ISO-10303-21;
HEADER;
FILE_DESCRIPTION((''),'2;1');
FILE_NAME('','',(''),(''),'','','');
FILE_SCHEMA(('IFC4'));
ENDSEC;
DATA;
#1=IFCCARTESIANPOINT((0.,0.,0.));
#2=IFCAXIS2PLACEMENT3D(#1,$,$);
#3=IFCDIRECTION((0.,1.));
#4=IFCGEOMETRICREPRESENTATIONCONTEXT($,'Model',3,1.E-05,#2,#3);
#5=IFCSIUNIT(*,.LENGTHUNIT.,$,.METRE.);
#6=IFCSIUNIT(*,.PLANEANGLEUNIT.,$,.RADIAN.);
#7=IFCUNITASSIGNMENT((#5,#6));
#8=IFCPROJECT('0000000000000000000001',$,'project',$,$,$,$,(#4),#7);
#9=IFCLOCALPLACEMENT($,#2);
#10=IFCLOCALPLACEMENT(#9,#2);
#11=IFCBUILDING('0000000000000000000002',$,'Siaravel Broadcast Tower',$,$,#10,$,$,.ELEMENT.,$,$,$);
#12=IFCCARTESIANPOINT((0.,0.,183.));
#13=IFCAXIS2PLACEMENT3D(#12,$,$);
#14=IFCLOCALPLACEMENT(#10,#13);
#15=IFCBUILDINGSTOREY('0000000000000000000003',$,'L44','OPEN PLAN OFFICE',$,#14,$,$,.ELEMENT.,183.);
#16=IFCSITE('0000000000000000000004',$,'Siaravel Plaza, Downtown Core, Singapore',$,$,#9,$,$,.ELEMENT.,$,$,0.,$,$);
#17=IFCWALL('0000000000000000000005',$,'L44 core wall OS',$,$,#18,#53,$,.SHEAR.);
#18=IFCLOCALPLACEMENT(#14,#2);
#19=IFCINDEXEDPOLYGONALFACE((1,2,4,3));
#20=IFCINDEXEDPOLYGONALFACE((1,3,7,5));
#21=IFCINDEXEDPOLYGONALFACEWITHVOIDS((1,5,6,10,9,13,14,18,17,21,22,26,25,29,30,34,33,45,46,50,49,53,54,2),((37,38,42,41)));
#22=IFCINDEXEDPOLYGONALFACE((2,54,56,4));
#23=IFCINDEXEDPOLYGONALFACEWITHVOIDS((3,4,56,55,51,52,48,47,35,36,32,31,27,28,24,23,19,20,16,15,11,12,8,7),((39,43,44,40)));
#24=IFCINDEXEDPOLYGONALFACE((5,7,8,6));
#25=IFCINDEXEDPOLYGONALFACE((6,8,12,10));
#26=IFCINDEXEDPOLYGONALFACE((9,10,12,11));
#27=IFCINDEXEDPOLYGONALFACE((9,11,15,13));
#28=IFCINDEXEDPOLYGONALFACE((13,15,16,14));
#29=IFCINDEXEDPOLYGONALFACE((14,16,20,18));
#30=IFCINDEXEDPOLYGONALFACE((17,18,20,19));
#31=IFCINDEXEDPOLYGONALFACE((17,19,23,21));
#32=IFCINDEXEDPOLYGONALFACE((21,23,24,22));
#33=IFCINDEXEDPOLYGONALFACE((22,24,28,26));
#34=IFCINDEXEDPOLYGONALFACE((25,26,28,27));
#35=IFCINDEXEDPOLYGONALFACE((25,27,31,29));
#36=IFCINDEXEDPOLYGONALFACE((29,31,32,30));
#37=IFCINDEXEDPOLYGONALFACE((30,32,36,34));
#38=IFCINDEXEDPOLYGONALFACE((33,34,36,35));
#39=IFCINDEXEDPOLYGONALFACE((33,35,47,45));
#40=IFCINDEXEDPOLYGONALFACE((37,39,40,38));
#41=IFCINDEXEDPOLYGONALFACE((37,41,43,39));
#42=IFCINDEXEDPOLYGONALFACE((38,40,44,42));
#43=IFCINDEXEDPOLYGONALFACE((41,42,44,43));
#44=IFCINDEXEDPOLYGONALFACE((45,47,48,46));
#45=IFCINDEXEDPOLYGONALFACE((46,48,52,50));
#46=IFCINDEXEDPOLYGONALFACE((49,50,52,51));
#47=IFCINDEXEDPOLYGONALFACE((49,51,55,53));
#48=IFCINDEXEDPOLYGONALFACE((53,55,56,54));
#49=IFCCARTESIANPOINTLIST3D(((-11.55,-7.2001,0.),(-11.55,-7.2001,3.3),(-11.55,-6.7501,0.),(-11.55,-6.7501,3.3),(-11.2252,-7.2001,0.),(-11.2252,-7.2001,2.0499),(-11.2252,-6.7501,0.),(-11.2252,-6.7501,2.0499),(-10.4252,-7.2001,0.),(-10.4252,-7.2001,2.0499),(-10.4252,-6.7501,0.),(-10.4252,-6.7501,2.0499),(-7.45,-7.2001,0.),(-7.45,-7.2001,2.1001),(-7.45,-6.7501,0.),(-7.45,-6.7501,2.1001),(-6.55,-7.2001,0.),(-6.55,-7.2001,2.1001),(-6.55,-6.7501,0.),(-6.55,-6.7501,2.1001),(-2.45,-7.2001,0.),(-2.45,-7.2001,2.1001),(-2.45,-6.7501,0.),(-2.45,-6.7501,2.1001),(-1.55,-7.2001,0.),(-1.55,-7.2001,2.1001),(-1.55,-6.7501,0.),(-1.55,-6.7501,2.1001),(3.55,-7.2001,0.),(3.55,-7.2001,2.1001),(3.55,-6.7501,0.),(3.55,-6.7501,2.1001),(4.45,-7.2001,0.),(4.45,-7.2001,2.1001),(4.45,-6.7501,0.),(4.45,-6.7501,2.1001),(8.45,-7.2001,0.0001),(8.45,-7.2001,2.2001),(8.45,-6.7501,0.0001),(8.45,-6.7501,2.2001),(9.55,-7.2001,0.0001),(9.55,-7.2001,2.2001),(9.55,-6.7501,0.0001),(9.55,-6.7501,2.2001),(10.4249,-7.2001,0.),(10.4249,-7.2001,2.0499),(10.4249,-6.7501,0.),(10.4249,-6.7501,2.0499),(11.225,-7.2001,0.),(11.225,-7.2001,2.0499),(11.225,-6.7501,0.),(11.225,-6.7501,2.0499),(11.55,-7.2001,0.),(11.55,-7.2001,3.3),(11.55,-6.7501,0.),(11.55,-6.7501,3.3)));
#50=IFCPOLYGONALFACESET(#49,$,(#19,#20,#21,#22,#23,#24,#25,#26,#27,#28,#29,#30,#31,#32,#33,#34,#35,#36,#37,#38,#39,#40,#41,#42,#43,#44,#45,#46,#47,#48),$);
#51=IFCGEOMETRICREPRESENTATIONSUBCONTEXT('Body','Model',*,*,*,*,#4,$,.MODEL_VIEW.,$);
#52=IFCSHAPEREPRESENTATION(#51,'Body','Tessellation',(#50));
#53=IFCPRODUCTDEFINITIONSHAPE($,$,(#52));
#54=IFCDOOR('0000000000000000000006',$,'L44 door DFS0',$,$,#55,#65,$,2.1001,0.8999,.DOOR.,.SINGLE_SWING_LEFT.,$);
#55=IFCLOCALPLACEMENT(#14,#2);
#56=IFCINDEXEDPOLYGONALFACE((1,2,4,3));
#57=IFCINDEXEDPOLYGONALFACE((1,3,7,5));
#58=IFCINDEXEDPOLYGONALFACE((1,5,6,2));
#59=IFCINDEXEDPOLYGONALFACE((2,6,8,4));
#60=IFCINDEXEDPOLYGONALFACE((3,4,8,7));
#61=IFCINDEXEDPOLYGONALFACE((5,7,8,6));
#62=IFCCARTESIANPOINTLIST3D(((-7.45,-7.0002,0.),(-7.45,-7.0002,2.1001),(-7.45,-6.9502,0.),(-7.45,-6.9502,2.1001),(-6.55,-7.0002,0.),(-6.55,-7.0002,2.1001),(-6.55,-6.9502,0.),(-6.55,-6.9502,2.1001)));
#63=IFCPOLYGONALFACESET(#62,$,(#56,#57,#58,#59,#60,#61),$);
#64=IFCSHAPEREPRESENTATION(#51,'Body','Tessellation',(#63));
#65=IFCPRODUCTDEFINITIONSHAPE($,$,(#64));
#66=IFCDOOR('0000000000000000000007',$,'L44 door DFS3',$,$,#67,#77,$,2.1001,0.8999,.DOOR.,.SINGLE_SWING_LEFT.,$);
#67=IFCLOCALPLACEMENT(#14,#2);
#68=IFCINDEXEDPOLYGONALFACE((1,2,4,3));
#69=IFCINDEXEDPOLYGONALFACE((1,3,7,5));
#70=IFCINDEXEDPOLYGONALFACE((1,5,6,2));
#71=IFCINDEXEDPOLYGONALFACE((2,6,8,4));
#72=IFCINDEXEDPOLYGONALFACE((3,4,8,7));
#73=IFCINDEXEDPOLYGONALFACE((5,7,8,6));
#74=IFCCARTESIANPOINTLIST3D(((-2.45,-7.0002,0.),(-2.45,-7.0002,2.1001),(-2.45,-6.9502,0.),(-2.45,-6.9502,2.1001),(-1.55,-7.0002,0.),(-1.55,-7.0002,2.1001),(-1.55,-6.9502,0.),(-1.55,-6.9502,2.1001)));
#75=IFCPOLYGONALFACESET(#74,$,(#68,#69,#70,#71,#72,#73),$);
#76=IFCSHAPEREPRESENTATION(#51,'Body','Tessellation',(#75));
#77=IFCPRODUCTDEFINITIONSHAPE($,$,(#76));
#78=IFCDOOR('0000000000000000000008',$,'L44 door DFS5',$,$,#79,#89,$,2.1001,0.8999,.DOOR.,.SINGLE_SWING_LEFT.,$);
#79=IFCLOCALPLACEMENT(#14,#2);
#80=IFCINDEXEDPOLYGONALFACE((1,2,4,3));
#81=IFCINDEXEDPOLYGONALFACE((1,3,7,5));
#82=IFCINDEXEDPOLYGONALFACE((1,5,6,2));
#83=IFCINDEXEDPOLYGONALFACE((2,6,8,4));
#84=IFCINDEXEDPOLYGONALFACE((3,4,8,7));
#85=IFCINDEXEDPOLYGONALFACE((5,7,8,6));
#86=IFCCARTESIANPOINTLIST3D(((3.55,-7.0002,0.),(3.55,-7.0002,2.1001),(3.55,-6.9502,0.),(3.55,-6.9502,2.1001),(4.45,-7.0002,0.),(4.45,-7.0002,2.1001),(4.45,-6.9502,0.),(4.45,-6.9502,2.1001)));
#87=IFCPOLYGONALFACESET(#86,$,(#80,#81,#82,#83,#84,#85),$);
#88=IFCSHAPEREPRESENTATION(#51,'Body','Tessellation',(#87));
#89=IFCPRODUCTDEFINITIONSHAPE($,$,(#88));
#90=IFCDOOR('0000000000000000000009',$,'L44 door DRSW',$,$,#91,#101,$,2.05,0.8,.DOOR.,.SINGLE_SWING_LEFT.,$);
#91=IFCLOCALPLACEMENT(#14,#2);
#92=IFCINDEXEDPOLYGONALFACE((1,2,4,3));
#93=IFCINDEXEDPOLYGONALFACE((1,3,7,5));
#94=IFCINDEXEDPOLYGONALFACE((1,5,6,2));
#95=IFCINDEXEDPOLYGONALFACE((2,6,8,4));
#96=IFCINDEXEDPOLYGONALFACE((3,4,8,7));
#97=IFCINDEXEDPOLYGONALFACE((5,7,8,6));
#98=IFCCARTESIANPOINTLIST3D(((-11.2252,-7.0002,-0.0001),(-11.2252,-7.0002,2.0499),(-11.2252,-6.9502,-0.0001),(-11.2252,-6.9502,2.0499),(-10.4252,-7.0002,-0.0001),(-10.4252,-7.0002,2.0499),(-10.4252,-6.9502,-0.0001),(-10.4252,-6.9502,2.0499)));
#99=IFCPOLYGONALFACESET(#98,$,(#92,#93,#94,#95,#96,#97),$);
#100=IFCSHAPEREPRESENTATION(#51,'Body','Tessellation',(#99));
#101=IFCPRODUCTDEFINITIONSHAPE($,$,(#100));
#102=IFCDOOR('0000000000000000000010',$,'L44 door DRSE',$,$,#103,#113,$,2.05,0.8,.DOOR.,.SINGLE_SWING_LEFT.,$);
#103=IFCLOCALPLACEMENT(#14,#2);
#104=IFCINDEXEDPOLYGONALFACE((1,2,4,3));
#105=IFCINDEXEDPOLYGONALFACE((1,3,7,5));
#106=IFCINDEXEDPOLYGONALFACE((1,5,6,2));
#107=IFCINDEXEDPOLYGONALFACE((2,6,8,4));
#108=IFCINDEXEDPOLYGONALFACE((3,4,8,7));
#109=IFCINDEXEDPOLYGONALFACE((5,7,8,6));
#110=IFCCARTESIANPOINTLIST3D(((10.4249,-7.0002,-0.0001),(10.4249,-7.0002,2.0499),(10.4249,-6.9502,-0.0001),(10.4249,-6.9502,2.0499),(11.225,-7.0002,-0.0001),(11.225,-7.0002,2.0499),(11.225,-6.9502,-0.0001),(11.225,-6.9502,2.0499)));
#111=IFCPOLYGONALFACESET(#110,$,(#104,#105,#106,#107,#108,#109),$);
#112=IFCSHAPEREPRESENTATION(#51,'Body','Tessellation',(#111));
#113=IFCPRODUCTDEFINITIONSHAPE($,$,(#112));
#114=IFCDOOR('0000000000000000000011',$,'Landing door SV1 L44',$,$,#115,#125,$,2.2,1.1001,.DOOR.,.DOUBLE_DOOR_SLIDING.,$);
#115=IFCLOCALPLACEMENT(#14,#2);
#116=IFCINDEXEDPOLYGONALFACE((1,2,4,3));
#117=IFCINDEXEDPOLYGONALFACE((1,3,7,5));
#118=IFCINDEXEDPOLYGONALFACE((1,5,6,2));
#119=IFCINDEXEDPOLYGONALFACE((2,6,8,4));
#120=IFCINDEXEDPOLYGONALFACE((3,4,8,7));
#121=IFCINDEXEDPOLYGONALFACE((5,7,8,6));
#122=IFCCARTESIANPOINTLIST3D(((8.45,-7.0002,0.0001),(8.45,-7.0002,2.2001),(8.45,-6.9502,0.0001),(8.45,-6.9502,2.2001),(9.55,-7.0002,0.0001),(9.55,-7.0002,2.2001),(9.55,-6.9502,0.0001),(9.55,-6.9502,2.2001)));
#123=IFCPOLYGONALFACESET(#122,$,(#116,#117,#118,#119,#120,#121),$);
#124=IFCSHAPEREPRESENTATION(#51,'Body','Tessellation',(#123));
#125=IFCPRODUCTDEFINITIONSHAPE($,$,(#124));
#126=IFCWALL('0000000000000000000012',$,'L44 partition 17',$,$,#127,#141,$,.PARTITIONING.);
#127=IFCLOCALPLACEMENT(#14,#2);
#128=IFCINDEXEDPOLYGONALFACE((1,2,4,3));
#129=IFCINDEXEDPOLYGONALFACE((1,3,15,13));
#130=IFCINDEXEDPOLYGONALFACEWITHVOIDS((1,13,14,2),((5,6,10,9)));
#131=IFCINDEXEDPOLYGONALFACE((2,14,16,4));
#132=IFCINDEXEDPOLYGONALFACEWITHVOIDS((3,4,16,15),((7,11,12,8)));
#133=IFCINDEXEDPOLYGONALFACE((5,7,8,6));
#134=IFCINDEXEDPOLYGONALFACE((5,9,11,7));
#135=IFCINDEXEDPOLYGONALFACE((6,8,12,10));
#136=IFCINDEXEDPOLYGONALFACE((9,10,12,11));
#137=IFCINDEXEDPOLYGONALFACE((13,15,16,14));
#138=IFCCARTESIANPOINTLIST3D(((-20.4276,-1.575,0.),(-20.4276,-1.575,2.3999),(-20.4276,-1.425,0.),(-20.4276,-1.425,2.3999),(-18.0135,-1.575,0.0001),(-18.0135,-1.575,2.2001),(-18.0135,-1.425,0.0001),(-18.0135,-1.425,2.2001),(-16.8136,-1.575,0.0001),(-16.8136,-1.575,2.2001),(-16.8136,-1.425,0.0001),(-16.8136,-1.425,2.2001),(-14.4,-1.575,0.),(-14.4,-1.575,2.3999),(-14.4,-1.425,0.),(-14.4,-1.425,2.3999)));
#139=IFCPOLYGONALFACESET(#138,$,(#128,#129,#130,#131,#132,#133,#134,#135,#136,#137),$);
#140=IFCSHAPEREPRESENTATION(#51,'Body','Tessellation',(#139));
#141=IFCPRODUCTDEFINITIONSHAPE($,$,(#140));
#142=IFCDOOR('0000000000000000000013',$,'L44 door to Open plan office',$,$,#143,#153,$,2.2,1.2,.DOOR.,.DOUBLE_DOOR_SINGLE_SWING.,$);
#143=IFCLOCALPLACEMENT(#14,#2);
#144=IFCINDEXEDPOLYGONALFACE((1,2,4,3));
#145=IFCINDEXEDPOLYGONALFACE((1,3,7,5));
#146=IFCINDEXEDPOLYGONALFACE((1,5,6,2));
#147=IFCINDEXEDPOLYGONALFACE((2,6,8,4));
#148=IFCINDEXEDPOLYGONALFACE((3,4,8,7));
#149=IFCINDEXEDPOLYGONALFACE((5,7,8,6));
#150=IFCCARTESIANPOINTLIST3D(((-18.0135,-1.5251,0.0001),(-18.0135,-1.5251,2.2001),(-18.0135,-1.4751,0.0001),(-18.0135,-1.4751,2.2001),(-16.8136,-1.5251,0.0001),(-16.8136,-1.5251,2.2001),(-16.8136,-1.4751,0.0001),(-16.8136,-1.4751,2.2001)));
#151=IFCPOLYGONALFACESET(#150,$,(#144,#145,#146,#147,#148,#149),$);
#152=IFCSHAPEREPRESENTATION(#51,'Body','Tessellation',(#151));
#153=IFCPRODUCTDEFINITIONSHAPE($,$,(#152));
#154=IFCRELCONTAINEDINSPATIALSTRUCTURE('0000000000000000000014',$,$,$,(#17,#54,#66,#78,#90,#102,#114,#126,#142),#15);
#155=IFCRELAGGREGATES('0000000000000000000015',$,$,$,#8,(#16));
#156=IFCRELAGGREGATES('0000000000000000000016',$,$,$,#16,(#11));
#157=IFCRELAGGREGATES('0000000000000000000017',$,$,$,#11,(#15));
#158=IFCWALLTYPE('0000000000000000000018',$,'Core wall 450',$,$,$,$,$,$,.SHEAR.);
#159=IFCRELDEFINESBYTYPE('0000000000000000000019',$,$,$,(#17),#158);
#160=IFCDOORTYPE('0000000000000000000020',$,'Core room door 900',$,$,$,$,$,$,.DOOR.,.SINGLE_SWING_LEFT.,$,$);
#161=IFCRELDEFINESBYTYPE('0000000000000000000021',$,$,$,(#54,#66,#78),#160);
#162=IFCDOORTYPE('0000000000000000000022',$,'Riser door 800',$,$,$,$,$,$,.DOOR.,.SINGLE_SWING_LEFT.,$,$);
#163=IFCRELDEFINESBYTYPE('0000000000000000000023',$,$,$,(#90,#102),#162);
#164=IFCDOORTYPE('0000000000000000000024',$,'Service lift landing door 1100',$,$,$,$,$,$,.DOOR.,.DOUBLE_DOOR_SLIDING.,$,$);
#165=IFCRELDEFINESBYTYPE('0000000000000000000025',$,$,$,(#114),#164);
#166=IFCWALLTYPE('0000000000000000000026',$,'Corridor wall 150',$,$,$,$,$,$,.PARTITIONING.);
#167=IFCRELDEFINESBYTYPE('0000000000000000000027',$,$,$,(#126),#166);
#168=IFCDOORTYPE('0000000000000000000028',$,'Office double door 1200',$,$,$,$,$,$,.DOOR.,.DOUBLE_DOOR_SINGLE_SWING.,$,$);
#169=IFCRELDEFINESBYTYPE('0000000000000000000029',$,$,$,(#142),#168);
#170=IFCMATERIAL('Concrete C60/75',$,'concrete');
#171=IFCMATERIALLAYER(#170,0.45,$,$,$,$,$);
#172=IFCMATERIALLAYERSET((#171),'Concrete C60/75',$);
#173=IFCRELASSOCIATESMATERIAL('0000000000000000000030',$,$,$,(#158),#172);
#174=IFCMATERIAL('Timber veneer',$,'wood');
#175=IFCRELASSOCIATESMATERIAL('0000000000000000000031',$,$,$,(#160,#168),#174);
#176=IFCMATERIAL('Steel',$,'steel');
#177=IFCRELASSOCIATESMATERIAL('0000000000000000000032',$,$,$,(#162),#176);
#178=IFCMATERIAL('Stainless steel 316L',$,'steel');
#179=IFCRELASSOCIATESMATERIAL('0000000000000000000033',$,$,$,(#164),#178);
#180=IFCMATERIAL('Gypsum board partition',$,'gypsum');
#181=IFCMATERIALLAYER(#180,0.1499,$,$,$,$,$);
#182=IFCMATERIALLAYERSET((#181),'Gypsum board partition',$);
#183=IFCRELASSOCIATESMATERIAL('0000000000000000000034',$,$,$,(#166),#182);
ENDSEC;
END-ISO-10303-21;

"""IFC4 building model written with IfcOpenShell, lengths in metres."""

from ifc_helpers import new_model, si_unit, direction, frame, frame_2d, origin, place, context, subcontext, project, spatial, rectangle, extrude, material, layer, layer_set, type_object, element, fill, save


model = new_model("IFC4")

# Units and contexts
model_context = context("Model", 3, precision=1e-05, world=origin(), true_north=direction((0.0, 1.0)))
body_context = subcontext(model_context, "Body", "Model", "MODEL_VIEW")
ifc_project = project(units=[si_unit("LENGTHUNIT", "METRE"), si_unit("PLANEANGLEUNIT", "RADIAN")], contexts=[model_context])

# Site, building, storey
site_placement = place(None, origin())
site = spatial("IfcSite", under=ifc_project, at=site_placement, Name="Siaravel Plaza, Downtown Core, Singapore", CompositionType="ELEMENT", RefElevation=0.0)
building_placement = place(site_placement, origin())
building = spatial("IfcBuilding", under=site, at=building_placement, Name="Siaravel Broadcast Tower", CompositionType="ELEMENT")
storey_placement = place(building_placement, frame((0.0, 0.0, 183.0)))
storey = spatial("IfcBuildingStorey", under=building, at=storey_placement, Name="L44", Description="OPEN PLAN OFFICE", CompositionType="ELEMENT", Elevation=183.0)

# Shared definitions
ifc_material_1 = material(Name="Concrete C60/75", Category="concrete")

# Shared definitions
ifc_layer_1 = layer(ifc_material_1, 0.45)
ifc_layer_set_1 = layer_set([ifc_layer_1], Name="Concrete C60/75")
wall_type_1 = type_object("IfcWallType", Name="Core wall 450", PredefinedType="SHEAR", material=ifc_layer_set_1)
ifc_material_2 = material(Name="Steel", Category="steel")

# Wall, openings, doors
wall_1_placement = place(storey_placement, frame((-11.55, -6.9751, 0.0), z_axis=(0.0, 0.0, 1.0), x_axis=(1.0, 0.0, 0.0)))
wall_1 = element("IfcWall", 1, at=wall_1_placement, inside=storey, type_object=wall_type_1, Name="L44 core wall OS", PredefinedType="SHEAR", context=body_context, shape_type="SweptSolid", body=[
    extrude(rectangle(XDim=23.1001, YDim=0.45, at=frame_2d((11.55, 0.0))), origin(), (0.0, 0.0, 1.0), 3.3),
])
opening_1_placement = place(wall_1_placement, frame((20.0, 0.0, 0.0)))
opening_1 = element("IfcOpeningElement", 2, at=opening_1_placement, cuts=wall_1, PredefinedType="OPENING", context=body_context, shape_type="SweptSolid", body=[
    extrude(rectangle(XDim=1.1001, YDim=2.2, at=frame_2d((0.55, 1.1001))), frame((0.0, 0.2349, 0.0), z_axis=(0.0, -1.0, 0.0), x_axis=(1.0, 0.0, 0.0)), (0.0, 0.0, 1.0), 0.47),
])
opening_2_placement = place(wall_1_placement, frame((4.1001, 0.0, 0.0)))
opening_2 = element("IfcOpeningElement", 3, at=opening_2_placement, cuts=wall_1, PredefinedType="OPENING", context=body_context, shape_type="SweptSolid", body=[
    extrude(rectangle(XDim=0.8999, YDim=2.1001, at=frame_2d((0.45, 1.05))), frame((0.0, 0.2349, 0.0), z_axis=(0.0, -1.0, 0.0), x_axis=(1.0, 0.0, 0.0)), (0.0, 0.0, 1.0), 0.47),
])
opening_3_placement = place(wall_1_placement, frame((9.1001, 0.0, 0.0)))
opening_3 = element("IfcOpeningElement", 4, at=opening_3_placement, cuts=wall_1, PredefinedType="OPENING", context=body_context, shape_type="SweptSolid", body=[
    extrude(rectangle(XDim=0.8999, YDim=2.1001, at=frame_2d((0.45, 1.05))), frame((0.0, 0.2349, 0.0), z_axis=(0.0, -1.0, 0.0), x_axis=(1.0, 0.0, 0.0)), (0.0, 0.0, 1.0), 0.47),
])
opening_4_placement = place(wall_1_placement, frame((15.1001, 0.0, 0.0)))
opening_4 = element("IfcOpeningElement", 5, at=opening_4_placement, cuts=wall_1, PredefinedType="OPENING", context=body_context, shape_type="SweptSolid", body=[
    extrude(rectangle(XDim=0.8999, YDim=2.1001, at=frame_2d((0.45, 1.05))), frame((0.0, 0.2349, 0.0), z_axis=(0.0, -1.0, 0.0), x_axis=(1.0, 0.0, 0.0)), (0.0, 0.0, 1.0), 0.47),
])
opening_5_placement = place(wall_1_placement, frame((0.325, 0.0, 0.0)))
opening_5 = element("IfcOpeningElement", 6, at=opening_5_placement, cuts=wall_1, PredefinedType="OPENING", context=body_context, shape_type="SweptSolid", body=[
    extrude(rectangle(XDim=0.8, YDim=2.05, at=frame_2d((0.3999, 1.0249))), frame((0.0, 0.2349, 0.0), z_axis=(0.0, -1.0, 0.0), x_axis=(1.0, 0.0, 0.0)), (0.0, 0.0, 1.0), 0.47),
])
opening_6_placement = place(wall_1_placement, frame((21.9751, 0.0, 0.0)))
opening_6 = element("IfcOpeningElement", 7, at=opening_6_placement, cuts=wall_1, PredefinedType="OPENING", context=body_context, shape_type="SweptSolid", body=[
    extrude(rectangle(XDim=0.8, YDim=2.05, at=frame_2d((0.3999, 1.0249))), frame((0.0, 0.2349, 0.0), z_axis=(0.0, -1.0, 0.0), x_axis=(1.0, 0.0, 0.0)), (0.0, 0.0, 1.0), 0.47),
])
ifc_material_3 = material(Name="Timber veneer", Category="wood")
door_type_1 = type_object("IfcDoorType", Name="Core room door 900", OperationType="SINGLE_SWING_LEFT", PredefinedType="DOOR", material=ifc_material_3)
door_1_placement = place(opening_2_placement, origin())
door_1 = element("IfcDoor", 8, at=door_1_placement, inside=storey, type_object=door_type_1, Name="L44 door DFS0", OperationType="SINGLE_SWING_LEFT", OverallHeight=2.1001, OverallWidth=0.8999, PredefinedType="DOOR", context=body_context, shape_type="SweptSolid", body=[
    extrude(rectangle(XDim=0.8999, YDim=2.1001, at=frame_2d((0.45, 1.05))), frame((0.0, 0.0249, 0.0), z_axis=(0.0, -1.0, 0.0), x_axis=(1.0, 0.0, 0.0)), (0.0, 0.0, 1.0), 0.05),
])
fill(opening_2, door_1)
door_2_placement = place(opening_3_placement, origin())
door_2 = element("IfcDoor", 9, at=door_2_placement, inside=storey, type_object=door_type_1, Name="L44 door DFS3", OperationType="SINGLE_SWING_LEFT", OverallHeight=2.1001, OverallWidth=0.8999, PredefinedType="DOOR", context=body_context, shape_type="SweptSolid", body=[
    extrude(rectangle(XDim=0.8999, YDim=2.1001, at=frame_2d((0.45, 1.05))), frame((0.0, 0.0249, 0.0), z_axis=(0.0, -1.0, 0.0), x_axis=(1.0, 0.0, 0.0)), (0.0, 0.0, 1.0), 0.05),
])
fill(opening_3, door_2)
door_3_placement = place(opening_4_placement, origin())
door_3 = element("IfcDoor", 10, at=door_3_placement, inside=storey, type_object=door_type_1, Name="L44 door DFS5", OperationType="SINGLE_SWING_LEFT", OverallHeight=2.1001, OverallWidth=0.8999, PredefinedType="DOOR", context=body_context, shape_type="SweptSolid", body=[
    extrude(rectangle(XDim=0.8999, YDim=2.1001, at=frame_2d((0.45, 1.05))), frame((0.0, 0.0249, 0.0), z_axis=(0.0, -1.0, 0.0), x_axis=(1.0, 0.0, 0.0)), (0.0, 0.0, 1.0), 0.05),
])
fill(opening_4, door_3)
door_type_2 = type_object("IfcDoorType", Name="Riser door 800", OperationType="SINGLE_SWING_LEFT", PredefinedType="DOOR", material=ifc_material_2)
door_4_placement = place(opening_5_placement, origin())
door_4 = element("IfcDoor", 11, at=door_4_placement, inside=storey, type_object=door_type_2, Name="L44 door DRSW", OperationType="SINGLE_SWING_LEFT", OverallHeight=2.05, OverallWidth=0.8, PredefinedType="DOOR", context=body_context, shape_type="SweptSolid", body=[
    extrude(rectangle(XDim=0.8, YDim=2.05, at=frame_2d((0.3999, 1.0249))), frame((0.0, 0.0249, 0.0), z_axis=(0.0, -1.0, 0.0), x_axis=(1.0, 0.0, 0.0)), (0.0, 0.0, 1.0), 0.05),
])
fill(opening_5, door_4)
door_5_placement = place(opening_6_placement, origin())
door_5 = element("IfcDoor", 12, at=door_5_placement, inside=storey, type_object=door_type_2, Name="L44 door DRSE", OperationType="SINGLE_SWING_LEFT", OverallHeight=2.05, OverallWidth=0.8, PredefinedType="DOOR", context=body_context, shape_type="SweptSolid", body=[
    extrude(rectangle(XDim=0.8, YDim=2.05, at=frame_2d((0.3999, 1.0249))), frame((0.0, 0.0249, 0.0), z_axis=(0.0, -1.0, 0.0), x_axis=(1.0, 0.0, 0.0)), (0.0, 0.0, 1.0), 0.05),
])
fill(opening_6, door_5)
ifc_material_4 = material(Name="Stainless steel 316L", Category="steel")
door_type_3 = type_object("IfcDoorType", Name="Service lift landing door 1100", OperationType="DOUBLE_DOOR_SLIDING", PredefinedType="DOOR", material=ifc_material_4)
door_6_placement = place(opening_1_placement, origin())
door_6 = element("IfcDoor", 13, at=door_6_placement, inside=storey, type_object=door_type_3, Name="Landing door SV1 L44", OperationType="DOUBLE_DOOR_SLIDING", OverallHeight=2.2, OverallWidth=1.1001, PredefinedType="DOOR", context=body_context, shape_type="SweptSolid", body=[
    extrude(rectangle(XDim=1.1001, YDim=2.2, at=frame_2d((0.55, 1.1001))), frame((0.0, 0.0249, 0.0), z_axis=(0.0, -1.0, 0.0), x_axis=(1.0, 0.0, 0.0)), (0.0, 0.0, 1.0), 0.05),
])
fill(opening_1, door_6)

# Wall, opening, door
ifc_material_5 = material(Name="Gypsum board partition", Category="gypsum")
ifc_layer_2 = layer(ifc_material_5, 0.1499)
ifc_layer_set_2 = layer_set([ifc_layer_2], Name="Gypsum board partition")
wall_type_2 = type_object("IfcWallType", Name="Corridor wall 150", PredefinedType="PARTITIONING", material=ifc_layer_set_2)
wall_2_placement = place(storey_placement, frame((-20.4275, -1.5, 0.0), z_axis=(0.0, 0.0, 1.0), x_axis=(1.0, 0.0, 0.0)))
wall_2 = element("IfcWall", 14, at=wall_2_placement, inside=storey, type_object=wall_type_2, Name="L44 partition 17", PredefinedType="PARTITIONING", context=body_context, shape_type="SweptSolid", body=[
    extrude(rectangle(XDim=6.0276, YDim=0.1499, at=frame_2d((3.0137, 0.0))), origin(), (0.0, 0.0, 1.0), 2.3999),
])
opening_7_placement = place(wall_2_placement, frame((2.4138, 0.0, 0.0)))
opening_7 = element("IfcOpeningElement", 15, at=opening_7_placement, cuts=wall_2, PredefinedType="OPENING", context=body_context, shape_type="SweptSolid", body=[
    extrude(rectangle(XDim=1.2, YDim=2.2, at=frame_2d((0.6001, 1.1001))), frame((0.0, 0.085, 0.0), z_axis=(0.0, -1.0, 0.0), x_axis=(1.0, 0.0, 0.0)), (0.0, 0.0, 1.0), 0.1699),
])
door_type_4 = type_object("IfcDoorType", Name="Office double door 1200", OperationType="DOUBLE_DOOR_SINGLE_SWING", PredefinedType="DOOR", material=ifc_material_3)
door_7_placement = place(opening_7_placement, origin())
door_7 = element("IfcDoor", 16, at=door_7_placement, inside=storey, type_object=door_type_4, Name="L44 door to Open plan office", OperationType="DOUBLE_DOOR_SINGLE_SWING", OverallHeight=2.2, OverallWidth=1.2, PredefinedType="DOOR", context=body_context, shape_type="SweptSolid", body=[
    extrude(rectangle(XDim=1.2, YDim=2.2, at=frame_2d((0.6001, 1.1001))), frame((0.0, 0.0249, 0.0), z_axis=(0.0, -1.0, 0.0), x_axis=(1.0, 0.0, 0.0)), (0.0, 0.0, 1.0), 0.05),
])
fill(opening_7, door_7)

save(model, "model.ifc")
